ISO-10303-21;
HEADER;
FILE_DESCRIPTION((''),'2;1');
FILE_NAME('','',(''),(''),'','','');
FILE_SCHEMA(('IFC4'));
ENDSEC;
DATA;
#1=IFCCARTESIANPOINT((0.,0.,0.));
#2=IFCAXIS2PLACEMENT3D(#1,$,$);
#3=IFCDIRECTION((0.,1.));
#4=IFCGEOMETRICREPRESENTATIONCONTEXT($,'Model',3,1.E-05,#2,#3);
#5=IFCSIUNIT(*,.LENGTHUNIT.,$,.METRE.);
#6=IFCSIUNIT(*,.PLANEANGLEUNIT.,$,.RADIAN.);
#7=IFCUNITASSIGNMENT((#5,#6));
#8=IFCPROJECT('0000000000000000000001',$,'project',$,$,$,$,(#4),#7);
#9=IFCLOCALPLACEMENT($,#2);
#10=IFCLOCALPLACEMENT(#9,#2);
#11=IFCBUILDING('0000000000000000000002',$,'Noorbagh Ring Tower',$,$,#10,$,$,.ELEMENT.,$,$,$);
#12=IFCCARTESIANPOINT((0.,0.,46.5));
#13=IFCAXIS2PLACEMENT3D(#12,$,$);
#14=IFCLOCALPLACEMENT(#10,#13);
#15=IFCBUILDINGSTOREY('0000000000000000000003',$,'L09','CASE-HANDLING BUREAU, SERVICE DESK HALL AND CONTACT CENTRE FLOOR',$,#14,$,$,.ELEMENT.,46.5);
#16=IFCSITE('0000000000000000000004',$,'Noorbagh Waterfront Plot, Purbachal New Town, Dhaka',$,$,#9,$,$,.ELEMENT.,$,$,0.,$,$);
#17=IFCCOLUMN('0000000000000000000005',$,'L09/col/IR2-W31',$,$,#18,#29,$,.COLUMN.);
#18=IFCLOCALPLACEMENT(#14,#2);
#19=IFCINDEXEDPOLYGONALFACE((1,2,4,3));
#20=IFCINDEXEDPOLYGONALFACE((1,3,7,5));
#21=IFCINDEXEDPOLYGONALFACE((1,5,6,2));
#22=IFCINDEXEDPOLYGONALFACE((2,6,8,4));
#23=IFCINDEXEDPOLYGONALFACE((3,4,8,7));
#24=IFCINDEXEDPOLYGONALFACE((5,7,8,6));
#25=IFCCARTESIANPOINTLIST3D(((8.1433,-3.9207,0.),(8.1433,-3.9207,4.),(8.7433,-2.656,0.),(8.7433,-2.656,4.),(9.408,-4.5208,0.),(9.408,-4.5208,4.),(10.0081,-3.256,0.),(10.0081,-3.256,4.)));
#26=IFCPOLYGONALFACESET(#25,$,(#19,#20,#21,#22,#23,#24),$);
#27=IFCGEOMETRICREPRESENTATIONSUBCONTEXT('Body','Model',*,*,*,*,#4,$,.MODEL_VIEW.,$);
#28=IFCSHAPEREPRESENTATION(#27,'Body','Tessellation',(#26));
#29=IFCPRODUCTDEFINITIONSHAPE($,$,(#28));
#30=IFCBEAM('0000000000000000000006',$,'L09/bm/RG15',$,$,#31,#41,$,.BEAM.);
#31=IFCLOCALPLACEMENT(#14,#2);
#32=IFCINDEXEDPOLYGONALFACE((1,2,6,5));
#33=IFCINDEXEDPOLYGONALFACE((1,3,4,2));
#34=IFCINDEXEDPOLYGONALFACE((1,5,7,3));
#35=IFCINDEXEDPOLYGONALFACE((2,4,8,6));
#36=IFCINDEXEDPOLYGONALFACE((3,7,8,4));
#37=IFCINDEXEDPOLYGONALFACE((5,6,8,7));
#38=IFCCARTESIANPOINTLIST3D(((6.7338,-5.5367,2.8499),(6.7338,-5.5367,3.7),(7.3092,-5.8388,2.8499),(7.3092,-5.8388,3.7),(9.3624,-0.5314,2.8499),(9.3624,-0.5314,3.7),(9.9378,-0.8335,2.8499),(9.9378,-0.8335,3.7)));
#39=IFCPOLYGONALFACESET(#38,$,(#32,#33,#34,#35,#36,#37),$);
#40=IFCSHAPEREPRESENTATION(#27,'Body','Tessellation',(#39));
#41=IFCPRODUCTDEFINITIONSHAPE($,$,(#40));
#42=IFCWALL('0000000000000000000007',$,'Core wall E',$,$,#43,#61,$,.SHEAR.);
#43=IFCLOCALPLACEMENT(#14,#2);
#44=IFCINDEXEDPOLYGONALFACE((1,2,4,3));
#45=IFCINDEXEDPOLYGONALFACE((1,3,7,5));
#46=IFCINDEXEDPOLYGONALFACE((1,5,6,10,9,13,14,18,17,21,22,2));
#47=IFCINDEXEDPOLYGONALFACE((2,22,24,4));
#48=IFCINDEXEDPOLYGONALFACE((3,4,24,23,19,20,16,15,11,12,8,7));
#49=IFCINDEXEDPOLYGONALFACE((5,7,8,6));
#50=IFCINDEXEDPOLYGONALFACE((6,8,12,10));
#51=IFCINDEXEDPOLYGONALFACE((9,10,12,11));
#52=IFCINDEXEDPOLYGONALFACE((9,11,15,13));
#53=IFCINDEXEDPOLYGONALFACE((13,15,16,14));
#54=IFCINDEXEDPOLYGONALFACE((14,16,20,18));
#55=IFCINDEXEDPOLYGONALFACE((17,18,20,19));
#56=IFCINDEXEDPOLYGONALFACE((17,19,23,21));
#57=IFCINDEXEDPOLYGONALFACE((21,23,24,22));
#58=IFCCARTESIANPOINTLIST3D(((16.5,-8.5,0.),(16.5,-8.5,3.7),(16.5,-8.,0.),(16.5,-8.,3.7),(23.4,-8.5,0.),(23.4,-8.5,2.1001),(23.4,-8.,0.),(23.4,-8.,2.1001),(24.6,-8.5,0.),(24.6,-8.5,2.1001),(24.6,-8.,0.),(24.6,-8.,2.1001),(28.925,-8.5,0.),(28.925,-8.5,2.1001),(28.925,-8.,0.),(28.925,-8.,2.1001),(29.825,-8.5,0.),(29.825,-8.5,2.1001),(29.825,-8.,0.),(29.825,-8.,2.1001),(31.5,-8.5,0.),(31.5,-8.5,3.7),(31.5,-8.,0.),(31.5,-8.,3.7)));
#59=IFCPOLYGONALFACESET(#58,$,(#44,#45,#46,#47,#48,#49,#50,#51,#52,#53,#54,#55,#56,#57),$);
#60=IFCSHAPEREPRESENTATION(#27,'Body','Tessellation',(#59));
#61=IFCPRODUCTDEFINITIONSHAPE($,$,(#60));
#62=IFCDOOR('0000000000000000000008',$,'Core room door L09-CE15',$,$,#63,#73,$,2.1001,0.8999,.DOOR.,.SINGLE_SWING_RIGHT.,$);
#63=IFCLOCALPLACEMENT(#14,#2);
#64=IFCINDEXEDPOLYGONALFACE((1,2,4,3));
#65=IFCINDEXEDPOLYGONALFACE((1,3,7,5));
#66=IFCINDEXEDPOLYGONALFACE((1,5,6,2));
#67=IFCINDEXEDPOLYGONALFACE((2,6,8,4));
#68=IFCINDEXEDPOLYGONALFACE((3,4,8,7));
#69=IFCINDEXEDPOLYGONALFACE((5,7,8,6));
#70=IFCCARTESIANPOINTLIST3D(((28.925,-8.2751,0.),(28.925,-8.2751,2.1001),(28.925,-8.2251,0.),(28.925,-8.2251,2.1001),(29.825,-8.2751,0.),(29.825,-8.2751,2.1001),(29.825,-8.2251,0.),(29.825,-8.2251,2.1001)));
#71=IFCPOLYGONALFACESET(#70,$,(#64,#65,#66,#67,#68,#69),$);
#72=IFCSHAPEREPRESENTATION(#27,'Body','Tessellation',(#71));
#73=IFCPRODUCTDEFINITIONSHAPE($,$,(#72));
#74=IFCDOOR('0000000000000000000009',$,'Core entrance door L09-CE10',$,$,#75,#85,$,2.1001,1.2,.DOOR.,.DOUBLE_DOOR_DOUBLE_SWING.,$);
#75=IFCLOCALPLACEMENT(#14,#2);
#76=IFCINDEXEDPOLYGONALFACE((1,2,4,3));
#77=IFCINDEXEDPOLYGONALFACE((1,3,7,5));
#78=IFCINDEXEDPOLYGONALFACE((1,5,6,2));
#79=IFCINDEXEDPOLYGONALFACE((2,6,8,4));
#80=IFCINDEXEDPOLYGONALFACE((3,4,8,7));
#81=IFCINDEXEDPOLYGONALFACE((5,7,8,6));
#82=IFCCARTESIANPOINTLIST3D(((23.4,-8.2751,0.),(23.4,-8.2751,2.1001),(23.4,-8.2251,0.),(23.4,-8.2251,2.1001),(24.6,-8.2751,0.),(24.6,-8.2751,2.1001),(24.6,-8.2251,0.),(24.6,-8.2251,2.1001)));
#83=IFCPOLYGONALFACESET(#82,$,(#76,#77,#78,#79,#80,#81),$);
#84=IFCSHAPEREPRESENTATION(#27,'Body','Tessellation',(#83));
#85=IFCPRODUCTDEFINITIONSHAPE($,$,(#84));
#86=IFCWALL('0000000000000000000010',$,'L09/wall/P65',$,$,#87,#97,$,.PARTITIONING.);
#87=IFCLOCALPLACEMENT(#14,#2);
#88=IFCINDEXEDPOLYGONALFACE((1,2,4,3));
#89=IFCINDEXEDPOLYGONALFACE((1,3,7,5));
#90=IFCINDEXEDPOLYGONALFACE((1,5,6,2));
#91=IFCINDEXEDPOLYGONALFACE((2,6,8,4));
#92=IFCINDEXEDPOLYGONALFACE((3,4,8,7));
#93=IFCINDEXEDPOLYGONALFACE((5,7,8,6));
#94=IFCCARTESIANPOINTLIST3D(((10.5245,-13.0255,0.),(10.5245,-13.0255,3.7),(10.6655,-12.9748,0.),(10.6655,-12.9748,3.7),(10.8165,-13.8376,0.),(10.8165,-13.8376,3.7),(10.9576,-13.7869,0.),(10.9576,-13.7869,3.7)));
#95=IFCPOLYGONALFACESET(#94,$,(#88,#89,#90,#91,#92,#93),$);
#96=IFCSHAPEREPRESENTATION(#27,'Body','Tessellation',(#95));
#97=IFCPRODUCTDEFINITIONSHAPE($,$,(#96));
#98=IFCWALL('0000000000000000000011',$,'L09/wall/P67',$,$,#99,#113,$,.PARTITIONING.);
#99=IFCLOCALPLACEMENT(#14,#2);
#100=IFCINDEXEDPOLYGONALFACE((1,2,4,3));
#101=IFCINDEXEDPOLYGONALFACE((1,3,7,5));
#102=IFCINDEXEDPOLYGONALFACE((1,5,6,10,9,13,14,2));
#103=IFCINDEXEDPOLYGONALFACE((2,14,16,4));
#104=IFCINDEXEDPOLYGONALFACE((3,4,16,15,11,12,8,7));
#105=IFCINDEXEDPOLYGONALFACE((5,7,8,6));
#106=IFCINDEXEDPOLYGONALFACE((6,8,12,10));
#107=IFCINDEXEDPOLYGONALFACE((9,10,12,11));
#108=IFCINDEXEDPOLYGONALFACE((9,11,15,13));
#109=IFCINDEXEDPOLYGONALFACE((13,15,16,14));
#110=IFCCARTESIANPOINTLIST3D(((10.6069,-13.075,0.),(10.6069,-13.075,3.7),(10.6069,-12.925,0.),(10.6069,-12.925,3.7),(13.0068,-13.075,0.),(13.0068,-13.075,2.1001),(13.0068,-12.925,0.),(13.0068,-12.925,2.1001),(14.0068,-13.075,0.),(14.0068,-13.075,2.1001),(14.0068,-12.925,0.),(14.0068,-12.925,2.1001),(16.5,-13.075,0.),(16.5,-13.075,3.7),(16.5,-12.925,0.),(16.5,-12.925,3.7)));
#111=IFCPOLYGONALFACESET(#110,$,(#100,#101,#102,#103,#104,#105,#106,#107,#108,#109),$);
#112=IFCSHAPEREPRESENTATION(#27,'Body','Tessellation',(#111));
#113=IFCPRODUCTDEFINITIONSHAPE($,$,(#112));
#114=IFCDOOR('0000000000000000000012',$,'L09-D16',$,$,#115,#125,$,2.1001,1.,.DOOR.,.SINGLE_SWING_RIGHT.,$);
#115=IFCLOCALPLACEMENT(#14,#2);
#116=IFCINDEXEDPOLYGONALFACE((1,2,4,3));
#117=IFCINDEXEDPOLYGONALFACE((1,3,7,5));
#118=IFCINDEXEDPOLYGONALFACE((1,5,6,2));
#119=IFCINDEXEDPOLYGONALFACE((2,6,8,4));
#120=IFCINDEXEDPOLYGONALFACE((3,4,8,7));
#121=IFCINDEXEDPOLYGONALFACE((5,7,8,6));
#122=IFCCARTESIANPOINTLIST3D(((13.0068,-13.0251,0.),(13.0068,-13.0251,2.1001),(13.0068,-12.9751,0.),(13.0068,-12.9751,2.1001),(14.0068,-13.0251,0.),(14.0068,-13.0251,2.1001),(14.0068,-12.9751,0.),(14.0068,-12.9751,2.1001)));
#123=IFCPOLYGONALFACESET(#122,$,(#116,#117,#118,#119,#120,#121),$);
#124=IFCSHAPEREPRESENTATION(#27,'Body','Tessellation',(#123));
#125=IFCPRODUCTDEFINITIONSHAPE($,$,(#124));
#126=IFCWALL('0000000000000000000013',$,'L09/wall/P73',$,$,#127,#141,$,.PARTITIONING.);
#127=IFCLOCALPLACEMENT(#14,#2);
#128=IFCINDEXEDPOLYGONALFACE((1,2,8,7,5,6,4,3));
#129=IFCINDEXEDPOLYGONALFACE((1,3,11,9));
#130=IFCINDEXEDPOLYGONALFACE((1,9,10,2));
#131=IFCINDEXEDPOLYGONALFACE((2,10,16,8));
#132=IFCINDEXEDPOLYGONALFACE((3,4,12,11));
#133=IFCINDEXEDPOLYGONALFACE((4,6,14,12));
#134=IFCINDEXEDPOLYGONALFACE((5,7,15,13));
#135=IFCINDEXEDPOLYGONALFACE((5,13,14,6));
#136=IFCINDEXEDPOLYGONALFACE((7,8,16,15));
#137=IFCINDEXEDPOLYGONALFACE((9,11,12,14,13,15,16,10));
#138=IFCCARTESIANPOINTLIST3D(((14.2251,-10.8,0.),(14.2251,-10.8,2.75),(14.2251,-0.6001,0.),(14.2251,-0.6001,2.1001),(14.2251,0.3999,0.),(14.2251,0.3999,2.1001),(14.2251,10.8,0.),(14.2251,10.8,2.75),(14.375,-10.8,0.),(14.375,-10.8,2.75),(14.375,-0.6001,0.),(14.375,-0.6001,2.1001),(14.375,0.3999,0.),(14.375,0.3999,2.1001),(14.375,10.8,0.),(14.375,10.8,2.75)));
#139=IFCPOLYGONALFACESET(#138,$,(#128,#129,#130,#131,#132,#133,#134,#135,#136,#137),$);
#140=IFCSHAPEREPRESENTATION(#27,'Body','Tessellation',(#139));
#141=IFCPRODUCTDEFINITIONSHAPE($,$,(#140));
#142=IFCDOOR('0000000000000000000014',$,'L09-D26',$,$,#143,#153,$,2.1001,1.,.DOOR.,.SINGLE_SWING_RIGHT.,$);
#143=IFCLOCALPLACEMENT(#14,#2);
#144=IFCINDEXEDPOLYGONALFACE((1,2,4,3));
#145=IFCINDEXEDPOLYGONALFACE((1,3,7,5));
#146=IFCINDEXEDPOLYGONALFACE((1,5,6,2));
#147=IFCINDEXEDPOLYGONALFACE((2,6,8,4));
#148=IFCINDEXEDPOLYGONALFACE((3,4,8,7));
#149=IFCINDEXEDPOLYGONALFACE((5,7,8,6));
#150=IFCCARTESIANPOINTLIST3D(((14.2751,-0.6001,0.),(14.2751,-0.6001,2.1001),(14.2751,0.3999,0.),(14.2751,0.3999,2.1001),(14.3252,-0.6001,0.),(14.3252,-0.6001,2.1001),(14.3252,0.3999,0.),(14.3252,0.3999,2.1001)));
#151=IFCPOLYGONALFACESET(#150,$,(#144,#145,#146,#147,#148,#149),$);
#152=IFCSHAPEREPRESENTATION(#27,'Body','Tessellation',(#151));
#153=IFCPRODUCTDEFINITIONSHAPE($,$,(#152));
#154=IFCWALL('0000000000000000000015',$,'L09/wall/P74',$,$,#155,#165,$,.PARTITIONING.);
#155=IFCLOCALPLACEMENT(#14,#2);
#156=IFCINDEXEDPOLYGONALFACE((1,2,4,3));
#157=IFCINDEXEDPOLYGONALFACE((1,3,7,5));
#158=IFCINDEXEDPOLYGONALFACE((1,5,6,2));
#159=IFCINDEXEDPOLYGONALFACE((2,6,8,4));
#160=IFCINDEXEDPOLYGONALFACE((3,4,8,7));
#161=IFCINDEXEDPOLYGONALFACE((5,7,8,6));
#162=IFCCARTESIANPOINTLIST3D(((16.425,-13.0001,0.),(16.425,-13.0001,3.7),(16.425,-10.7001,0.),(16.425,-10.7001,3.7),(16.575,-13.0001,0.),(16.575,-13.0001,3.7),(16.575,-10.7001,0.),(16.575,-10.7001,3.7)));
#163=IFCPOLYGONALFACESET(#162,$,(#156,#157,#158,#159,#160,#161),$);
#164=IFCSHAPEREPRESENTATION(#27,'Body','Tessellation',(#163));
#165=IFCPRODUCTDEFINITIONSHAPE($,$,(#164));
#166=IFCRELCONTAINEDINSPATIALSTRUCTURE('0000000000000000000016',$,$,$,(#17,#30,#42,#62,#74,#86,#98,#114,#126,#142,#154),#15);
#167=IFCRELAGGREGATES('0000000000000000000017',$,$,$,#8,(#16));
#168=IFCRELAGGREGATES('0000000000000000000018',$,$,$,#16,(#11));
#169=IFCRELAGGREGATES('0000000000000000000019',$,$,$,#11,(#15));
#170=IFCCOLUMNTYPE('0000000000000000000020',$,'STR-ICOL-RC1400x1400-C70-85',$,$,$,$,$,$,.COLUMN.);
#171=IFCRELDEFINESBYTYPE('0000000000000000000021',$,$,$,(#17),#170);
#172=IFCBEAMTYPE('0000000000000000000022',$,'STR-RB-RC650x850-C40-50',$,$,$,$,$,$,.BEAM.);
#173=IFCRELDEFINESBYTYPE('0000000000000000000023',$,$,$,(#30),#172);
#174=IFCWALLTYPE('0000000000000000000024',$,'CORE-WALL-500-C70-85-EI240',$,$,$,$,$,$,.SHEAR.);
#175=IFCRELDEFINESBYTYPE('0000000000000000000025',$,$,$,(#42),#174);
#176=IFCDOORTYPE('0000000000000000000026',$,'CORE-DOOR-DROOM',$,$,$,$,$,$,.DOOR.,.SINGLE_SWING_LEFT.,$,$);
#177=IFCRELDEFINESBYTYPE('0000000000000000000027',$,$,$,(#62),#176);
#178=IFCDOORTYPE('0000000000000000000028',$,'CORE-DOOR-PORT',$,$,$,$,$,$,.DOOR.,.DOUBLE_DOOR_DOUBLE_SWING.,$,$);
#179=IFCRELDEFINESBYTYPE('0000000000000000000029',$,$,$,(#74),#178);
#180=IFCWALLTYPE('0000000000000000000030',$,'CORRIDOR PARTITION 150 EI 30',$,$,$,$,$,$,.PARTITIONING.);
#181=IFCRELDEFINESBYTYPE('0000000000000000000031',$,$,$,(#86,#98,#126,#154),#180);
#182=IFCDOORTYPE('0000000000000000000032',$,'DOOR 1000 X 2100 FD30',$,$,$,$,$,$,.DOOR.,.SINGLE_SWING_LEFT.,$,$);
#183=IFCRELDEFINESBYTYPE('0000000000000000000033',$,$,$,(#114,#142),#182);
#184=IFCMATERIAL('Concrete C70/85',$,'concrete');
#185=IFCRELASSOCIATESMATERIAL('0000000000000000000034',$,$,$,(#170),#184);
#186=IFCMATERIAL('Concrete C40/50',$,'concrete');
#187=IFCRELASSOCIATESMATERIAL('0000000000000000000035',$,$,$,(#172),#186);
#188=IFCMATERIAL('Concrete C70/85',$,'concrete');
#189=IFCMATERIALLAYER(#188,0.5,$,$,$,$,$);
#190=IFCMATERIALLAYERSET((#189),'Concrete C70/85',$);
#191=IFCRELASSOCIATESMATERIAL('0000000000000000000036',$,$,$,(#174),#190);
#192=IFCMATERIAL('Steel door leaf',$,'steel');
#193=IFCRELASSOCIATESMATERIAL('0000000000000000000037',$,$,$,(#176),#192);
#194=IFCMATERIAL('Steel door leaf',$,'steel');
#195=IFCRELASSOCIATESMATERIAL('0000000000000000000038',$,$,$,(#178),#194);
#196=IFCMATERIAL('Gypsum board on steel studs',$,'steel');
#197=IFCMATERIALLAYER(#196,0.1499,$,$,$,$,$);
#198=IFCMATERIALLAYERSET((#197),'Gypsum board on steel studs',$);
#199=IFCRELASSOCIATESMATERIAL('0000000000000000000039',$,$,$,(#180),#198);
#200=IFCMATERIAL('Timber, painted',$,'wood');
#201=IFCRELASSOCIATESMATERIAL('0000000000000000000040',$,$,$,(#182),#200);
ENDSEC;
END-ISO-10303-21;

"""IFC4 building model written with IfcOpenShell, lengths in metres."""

from ifc_helpers import new_model, si_unit, direction, frame, frame_2d, origin, origin_2d, place, context, subcontext, project, spatial, rectangle, extrude, material, layer, layer_set, material_profile, profile_set, type_object, element, fill, save


model = new_model("IFC4")

# Units and contexts
model_context = context("Model", 3, precision=1e-05, world=origin(), true_north=direction((0.0, 1.0)))
body_context = subcontext(model_context, "Body", "Model", "MODEL_VIEW")
ifc_project = project(units=[si_unit("LENGTHUNIT", "METRE"), si_unit("PLANEANGLEUNIT", "RADIAN")], contexts=[model_context])

# Site, building, storey
site_placement = place(None, origin())
site = spatial("IfcSite", under=ifc_project, at=site_placement, Name="Noorbagh Waterfront Plot, Purbachal New Town, Dhaka", CompositionType="ELEMENT", RefElevation=0.0)
building_placement = place(site_placement, origin())
building = spatial("IfcBuilding", under=site, at=building_placement, Name="Noorbagh Ring Tower", CompositionType="ELEMENT")
storey_placement = place(building_placement, frame((0.0, 0.0, 46.5)))
storey = spatial("IfcBuildingStorey", under=building, at=storey_placement, Name="L09", Description="CASE-HANDLING BUREAU, SERVICE DESK HALL AND CONTACT CENTRE FLOOR", CompositionType="ELEMENT", Elevation=46.5)

# Column
ifc_material_1 = material(Name="Concrete C70/85", Category="concrete")
ifc_material_profile_1 = material_profile(ifc_material_1, rectangle(XDim=1.3999, YDim=1.3999, at=origin_2d()), Name="RC1400x1400")
ifc_profile_set_1 = profile_set([ifc_material_profile_1], Name="Concrete C70/85")
column_type = type_object("IfcColumnType", Name="STR-ICOL-RC1400x1400-C70-85", PredefinedType="COLUMN", material=ifc_profile_set_1)
column_placement = place(storey_placement, frame((9.0757, -3.5884, 0.0), z_axis=(0.0, 0.0, 1.0), x_axis=(0.428667, 0.903463, 0.0)))
element("IfcColumn", 1, at=column_placement, inside=storey, type_object=column_type, Name="L09/col/IR2-W31", PredefinedType="COLUMN", context=body_context, shape_type="SweptSolid", body=[
    extrude(rectangle(XDim=1.3999, YDim=1.3999, at=origin_2d()), origin(), (0.0, 0.0, 1.0), 4.0),
])

# Beam
ifc_material_2 = material(Name="Concrete C40/50", Category="concrete")
ifc_material_profile_2 = material_profile(ifc_material_2, rectangle(XDim=0.6499, YDim=0.8501, at=origin_2d()), Name="RC650x850")
ifc_profile_set_2 = profile_set([ifc_material_profile_2], Name="Concrete C40/50")
beam_type = type_object("IfcBeamType", Name="STR-RB-RC650x850-C40-50", PredefinedType="BEAM", material=ifc_profile_set_2)
beam_placement = place(storey_placement, frame((7.0215, -5.6877, 3.2749), z_axis=(0.464951, 0.885337, 0.0), x_axis=(-0.885337, 0.464951, 0.0)))
element("IfcBeam", 2, at=beam_placement, inside=storey, type_object=beam_type, Name="L09/bm/RG15", PredefinedType="BEAM", context=body_context, shape_type="SweptSolid", body=[
    extrude(rectangle(XDim=0.6499, YDim=0.8501, at=origin_2d()), origin(), (0.0, 0.0, 1.0), 5.6536),
])

# Wall, openings, doors
ifc_material_3 = material(Name="Concrete C70/85", Category="concrete")
ifc_layer_1 = layer(ifc_material_3, 0.5)
ifc_layer_set_1 = layer_set([ifc_layer_1], Name="Concrete C70/85")
wall_type_1 = type_object("IfcWallType", Name="CORE-WALL-500-C70-85-EI240", PredefinedType="SHEAR", material=ifc_layer_set_1)
wall_1_placement = place(storey_placement, frame((16.5, -8.25, 0.0), z_axis=(0.0, 0.0, 1.0), x_axis=(1.0, 0.0, 0.0)))
wall_1 = element("IfcWall", 3, at=wall_1_placement, inside=storey, type_object=wall_type_1, Name="Core wall E", PredefinedType="SHEAR", context=body_context, shape_type="SweptSolid", body=[
    extrude(rectangle(XDim=15.0, YDim=0.5, at=frame_2d((7.5, 0.0))), origin(), (0.0, 0.0, 1.0), 3.7),
])
opening_1_placement = place(wall_1_placement, frame((6.8999, 0.0, 0.0)))
opening_1 = element("IfcOpeningElement", 4, at=opening_1_placement, cuts=wall_1, PredefinedType="OPENING", context=body_context, shape_type="SweptSolid", body=[
    extrude(rectangle(XDim=1.2, YDim=2.1001, at=frame_2d((0.6001, 1.05))), frame((0.0, 0.26, 0.0), z_axis=(0.0, -1.0, 0.0), x_axis=(1.0, 0.0, 0.0)), (0.0, 0.0, 1.0), 0.52),
])
opening_2_placement = place(wall_1_placement, frame((12.425, 0.0, 0.0)))
opening_2 = element("IfcOpeningElement", 5, at=opening_2_placement, cuts=wall_1, PredefinedType="OPENING", context=body_context, shape_type="SweptSolid", body=[
    extrude(rectangle(XDim=0.8999, YDim=2.1001, at=frame_2d((0.45, 1.05))), frame((0.0, 0.26, 0.0), z_axis=(0.0, -1.0, 0.0), x_axis=(1.0, 0.0, 0.0)), (0.0, 0.0, 1.0), 0.52),
])
ifc_material_4 = material(Name="Steel door leaf", Category="steel")
door_type_1 = type_object("IfcDoorType", Name="CORE-DOOR-DROOM", OperationType="SINGLE_SWING_LEFT", PredefinedType="DOOR", material=ifc_material_4)
door_1_placement = place(opening_2_placement, origin())
door_1 = element("IfcDoor", 6, at=door_1_placement, inside=storey, type_object=door_type_1, Name="Core room door L09-CE15", OperationType="SINGLE_SWING_RIGHT", OverallHeight=2.1001, OverallWidth=0.8999, PredefinedType="DOOR", context=body_context, shape_type="SweptSolid", body=[
    extrude(rectangle(XDim=0.8999, YDim=2.1001, at=frame_2d((0.45, 1.05))), frame((0.0, 0.0249, 0.0), z_axis=(0.0, -1.0, 0.0), x_axis=(1.0, 0.0, 0.0)), (0.0, 0.0, 1.0), 0.05),
])
fill(opening_2, door_1)
ifc_material_5 = material(Name="Steel door leaf", Category="steel")
door_type_2 = type_object("IfcDoorType", Name="CORE-DOOR-PORT", OperationType="DOUBLE_DOOR_DOUBLE_SWING", PredefinedType="DOOR", material=ifc_material_5)
door_2_placement = place(opening_1_placement, origin())
door_2 = element("IfcDoor", 7, at=door_2_placement, inside=storey, type_object=door_type_2, Name="Core entrance door L09-CE10", OperationType="DOUBLE_DOOR_DOUBLE_SWING", OverallHeight=2.1001, OverallWidth=1.2, PredefinedType="DOOR", context=body_context, shape_type="SweptSolid", body=[
    extrude(rectangle(XDim=1.2, YDim=2.1001, at=frame_2d((0.6001, 1.05))), frame((0.0, 0.0249, 0.0), z_axis=(0.0, -1.0, 0.0), x_axis=(1.0, 0.0, 0.0)), (0.0, 0.0, 1.0), 0.05),
])
fill(opening_1, door_2)

# Wall
ifc_material_6 = material(Name="Gypsum board on steel studs", Category="steel")
ifc_layer_2 = layer(ifc_material_6, 0.1499)
ifc_layer_set_2 = layer_set([ifc_layer_2], Name="Gypsum board on steel studs")
wall_type_2 = type_object("IfcWallType", Name="CORRIDOR PARTITION 150 EI 30", PredefinedType="PARTITIONING", material=ifc_layer_set_2)
wall_2_placement = place(storey_placement, frame((10.595, -13.0, 0.0), z_axis=(0.0, 0.0, 1.0), x_axis=(0.338379, -0.94101, 0.0)))
element("IfcWall", 8, at=wall_2_placement, inside=storey, type_object=wall_type_2, Name="L09/wall/P65", PredefinedType="PARTITIONING", context=body_context, shape_type="SweptSolid", body=[
    extrude(rectangle(XDim=0.863, YDim=0.1499, at=frame_2d((0.4316, 0.0))), origin(), (0.0, 0.0, 1.0), 3.7),
])

# Walls, openings, doors
wall_3_placement = place(storey_placement, frame((10.6069, -13.0, 0.0), z_axis=(0.0, 0.0, 1.0), x_axis=(1.0, 0.0, 0.0)))
wall_3 = element("IfcWall", 9, at=wall_3_placement, inside=storey, type_object=wall_type_2, Name="L09/wall/P67", PredefinedType="PARTITIONING", context=body_context, shape_type="SweptSolid", body=[
    extrude(rectangle(XDim=5.8931, YDim=0.1499, at=frame_2d((2.9465, 0.0))), origin(), (0.0, 0.0, 1.0), 3.7),
])
opening_3_placement = place(wall_3_placement, frame((2.3999, 0.0, 0.0)))
opening_3 = element("IfcOpeningElement", 10, at=opening_3_placement, cuts=wall_3, PredefinedType="OPENING", context=body_context, shape_type="SweptSolid", body=[
    extrude(rectangle(XDim=1.0, YDim=2.1001, at=frame_2d((0.5, 1.05))), frame((0.0, 0.085, 0.0), z_axis=(0.0, -1.0, 0.0), x_axis=(1.0, 0.0, 0.0)), (0.0, 0.0, 1.0), 0.1699),
])
ifc_material_7 = material(Name="Timber, painted", Category="wood")
door_type_3 = type_object("IfcDoorType", Name="DOOR 1000 X 2100 FD30", OperationType="SINGLE_SWING_LEFT", PredefinedType="DOOR", material=ifc_material_7)
door_3_placement = place(opening_3_placement, origin())
door_3 = element("IfcDoor", 11, at=door_3_placement, inside=storey, type_object=door_type_3, Name="L09-D16", OperationType="SINGLE_SWING_RIGHT", OverallHeight=2.1001, OverallWidth=1.0, PredefinedType="DOOR", context=body_context, shape_type="SweptSolid", body=[
    extrude(rectangle(XDim=1.0, YDim=2.1001, at=frame_2d((0.5, 1.05))), frame((0.0, 0.0249, 0.0), z_axis=(0.0, -1.0, 0.0), x_axis=(1.0, 0.0, 0.0)), (0.0, 0.0, 1.0), 0.05),
])
fill(opening_3, door_3)
wall_4_placement = place(storey_placement, frame((14.3, -10.8, 0.0), z_axis=(0.0, 0.0, 1.0), x_axis=(0.0, 1.0, 0.0)))
wall_4 = element("IfcWall", 12, at=wall_4_placement, inside=storey, type_object=wall_type_2, Name="L09/wall/P73", PredefinedType="PARTITIONING", context=body_context, shape_type="SweptSolid", body=[
    extrude(rectangle(XDim=21.6001, YDim=0.1499, at=frame_2d((10.8, 0.0))), origin(), (0.0, 0.0, 1.0), 2.75),
])
opening_4_placement = place(wall_4_placement, frame((10.2, 0.0, 0.0)))
opening_4 = element("IfcOpeningElement", 13, at=opening_4_placement, cuts=wall_4, PredefinedType="OPENING", context=body_context, shape_type="SweptSolid", body=[
    extrude(rectangle(XDim=1.0, YDim=2.1001, at=frame_2d((0.5, 1.05))), frame((0.0, 0.085, 0.0), z_axis=(0.0, -1.0, 0.0), x_axis=(1.0, 0.0, 0.0)), (0.0, 0.0, 1.0), 0.1699),
])
door_4_placement = place(opening_4_placement, origin())
door_4 = element("IfcDoor", 14, at=door_4_placement, inside=storey, type_object=door_type_3, Name="L09-D26", OperationType="SINGLE_SWING_RIGHT", OverallHeight=2.1001, OverallWidth=1.0, PredefinedType="DOOR", context=body_context, shape_type="SweptSolid", body=[
    extrude(rectangle(XDim=1.0, YDim=2.1001, at=frame_2d((0.5, 1.05))), frame((0.0, 0.0249, 0.0), z_axis=(0.0, -1.0, 0.0), x_axis=(1.0, 0.0, 0.0)), (0.0, 0.0, 1.0), 0.05),
])
fill(opening_4, door_4)

# Wall
wall_5_placement = place(storey_placement, frame((16.5, -13.0, 0.0), z_axis=(0.0, 0.0, 1.0), x_axis=(0.0, 1.0, 0.0)))
element("IfcWall", 15, at=wall_5_placement, inside=storey, type_object=wall_type_2, Name="L09/wall/P74", PredefinedType="PARTITIONING", context=body_context, shape_type="SweptSolid", body=[
    extrude(rectangle(XDim=2.3, YDim=0.1499, at=frame_2d((1.1499, 0.0))), origin(), (0.0, 0.0, 1.0), 3.7),
])

save(model, "model.ifc")
